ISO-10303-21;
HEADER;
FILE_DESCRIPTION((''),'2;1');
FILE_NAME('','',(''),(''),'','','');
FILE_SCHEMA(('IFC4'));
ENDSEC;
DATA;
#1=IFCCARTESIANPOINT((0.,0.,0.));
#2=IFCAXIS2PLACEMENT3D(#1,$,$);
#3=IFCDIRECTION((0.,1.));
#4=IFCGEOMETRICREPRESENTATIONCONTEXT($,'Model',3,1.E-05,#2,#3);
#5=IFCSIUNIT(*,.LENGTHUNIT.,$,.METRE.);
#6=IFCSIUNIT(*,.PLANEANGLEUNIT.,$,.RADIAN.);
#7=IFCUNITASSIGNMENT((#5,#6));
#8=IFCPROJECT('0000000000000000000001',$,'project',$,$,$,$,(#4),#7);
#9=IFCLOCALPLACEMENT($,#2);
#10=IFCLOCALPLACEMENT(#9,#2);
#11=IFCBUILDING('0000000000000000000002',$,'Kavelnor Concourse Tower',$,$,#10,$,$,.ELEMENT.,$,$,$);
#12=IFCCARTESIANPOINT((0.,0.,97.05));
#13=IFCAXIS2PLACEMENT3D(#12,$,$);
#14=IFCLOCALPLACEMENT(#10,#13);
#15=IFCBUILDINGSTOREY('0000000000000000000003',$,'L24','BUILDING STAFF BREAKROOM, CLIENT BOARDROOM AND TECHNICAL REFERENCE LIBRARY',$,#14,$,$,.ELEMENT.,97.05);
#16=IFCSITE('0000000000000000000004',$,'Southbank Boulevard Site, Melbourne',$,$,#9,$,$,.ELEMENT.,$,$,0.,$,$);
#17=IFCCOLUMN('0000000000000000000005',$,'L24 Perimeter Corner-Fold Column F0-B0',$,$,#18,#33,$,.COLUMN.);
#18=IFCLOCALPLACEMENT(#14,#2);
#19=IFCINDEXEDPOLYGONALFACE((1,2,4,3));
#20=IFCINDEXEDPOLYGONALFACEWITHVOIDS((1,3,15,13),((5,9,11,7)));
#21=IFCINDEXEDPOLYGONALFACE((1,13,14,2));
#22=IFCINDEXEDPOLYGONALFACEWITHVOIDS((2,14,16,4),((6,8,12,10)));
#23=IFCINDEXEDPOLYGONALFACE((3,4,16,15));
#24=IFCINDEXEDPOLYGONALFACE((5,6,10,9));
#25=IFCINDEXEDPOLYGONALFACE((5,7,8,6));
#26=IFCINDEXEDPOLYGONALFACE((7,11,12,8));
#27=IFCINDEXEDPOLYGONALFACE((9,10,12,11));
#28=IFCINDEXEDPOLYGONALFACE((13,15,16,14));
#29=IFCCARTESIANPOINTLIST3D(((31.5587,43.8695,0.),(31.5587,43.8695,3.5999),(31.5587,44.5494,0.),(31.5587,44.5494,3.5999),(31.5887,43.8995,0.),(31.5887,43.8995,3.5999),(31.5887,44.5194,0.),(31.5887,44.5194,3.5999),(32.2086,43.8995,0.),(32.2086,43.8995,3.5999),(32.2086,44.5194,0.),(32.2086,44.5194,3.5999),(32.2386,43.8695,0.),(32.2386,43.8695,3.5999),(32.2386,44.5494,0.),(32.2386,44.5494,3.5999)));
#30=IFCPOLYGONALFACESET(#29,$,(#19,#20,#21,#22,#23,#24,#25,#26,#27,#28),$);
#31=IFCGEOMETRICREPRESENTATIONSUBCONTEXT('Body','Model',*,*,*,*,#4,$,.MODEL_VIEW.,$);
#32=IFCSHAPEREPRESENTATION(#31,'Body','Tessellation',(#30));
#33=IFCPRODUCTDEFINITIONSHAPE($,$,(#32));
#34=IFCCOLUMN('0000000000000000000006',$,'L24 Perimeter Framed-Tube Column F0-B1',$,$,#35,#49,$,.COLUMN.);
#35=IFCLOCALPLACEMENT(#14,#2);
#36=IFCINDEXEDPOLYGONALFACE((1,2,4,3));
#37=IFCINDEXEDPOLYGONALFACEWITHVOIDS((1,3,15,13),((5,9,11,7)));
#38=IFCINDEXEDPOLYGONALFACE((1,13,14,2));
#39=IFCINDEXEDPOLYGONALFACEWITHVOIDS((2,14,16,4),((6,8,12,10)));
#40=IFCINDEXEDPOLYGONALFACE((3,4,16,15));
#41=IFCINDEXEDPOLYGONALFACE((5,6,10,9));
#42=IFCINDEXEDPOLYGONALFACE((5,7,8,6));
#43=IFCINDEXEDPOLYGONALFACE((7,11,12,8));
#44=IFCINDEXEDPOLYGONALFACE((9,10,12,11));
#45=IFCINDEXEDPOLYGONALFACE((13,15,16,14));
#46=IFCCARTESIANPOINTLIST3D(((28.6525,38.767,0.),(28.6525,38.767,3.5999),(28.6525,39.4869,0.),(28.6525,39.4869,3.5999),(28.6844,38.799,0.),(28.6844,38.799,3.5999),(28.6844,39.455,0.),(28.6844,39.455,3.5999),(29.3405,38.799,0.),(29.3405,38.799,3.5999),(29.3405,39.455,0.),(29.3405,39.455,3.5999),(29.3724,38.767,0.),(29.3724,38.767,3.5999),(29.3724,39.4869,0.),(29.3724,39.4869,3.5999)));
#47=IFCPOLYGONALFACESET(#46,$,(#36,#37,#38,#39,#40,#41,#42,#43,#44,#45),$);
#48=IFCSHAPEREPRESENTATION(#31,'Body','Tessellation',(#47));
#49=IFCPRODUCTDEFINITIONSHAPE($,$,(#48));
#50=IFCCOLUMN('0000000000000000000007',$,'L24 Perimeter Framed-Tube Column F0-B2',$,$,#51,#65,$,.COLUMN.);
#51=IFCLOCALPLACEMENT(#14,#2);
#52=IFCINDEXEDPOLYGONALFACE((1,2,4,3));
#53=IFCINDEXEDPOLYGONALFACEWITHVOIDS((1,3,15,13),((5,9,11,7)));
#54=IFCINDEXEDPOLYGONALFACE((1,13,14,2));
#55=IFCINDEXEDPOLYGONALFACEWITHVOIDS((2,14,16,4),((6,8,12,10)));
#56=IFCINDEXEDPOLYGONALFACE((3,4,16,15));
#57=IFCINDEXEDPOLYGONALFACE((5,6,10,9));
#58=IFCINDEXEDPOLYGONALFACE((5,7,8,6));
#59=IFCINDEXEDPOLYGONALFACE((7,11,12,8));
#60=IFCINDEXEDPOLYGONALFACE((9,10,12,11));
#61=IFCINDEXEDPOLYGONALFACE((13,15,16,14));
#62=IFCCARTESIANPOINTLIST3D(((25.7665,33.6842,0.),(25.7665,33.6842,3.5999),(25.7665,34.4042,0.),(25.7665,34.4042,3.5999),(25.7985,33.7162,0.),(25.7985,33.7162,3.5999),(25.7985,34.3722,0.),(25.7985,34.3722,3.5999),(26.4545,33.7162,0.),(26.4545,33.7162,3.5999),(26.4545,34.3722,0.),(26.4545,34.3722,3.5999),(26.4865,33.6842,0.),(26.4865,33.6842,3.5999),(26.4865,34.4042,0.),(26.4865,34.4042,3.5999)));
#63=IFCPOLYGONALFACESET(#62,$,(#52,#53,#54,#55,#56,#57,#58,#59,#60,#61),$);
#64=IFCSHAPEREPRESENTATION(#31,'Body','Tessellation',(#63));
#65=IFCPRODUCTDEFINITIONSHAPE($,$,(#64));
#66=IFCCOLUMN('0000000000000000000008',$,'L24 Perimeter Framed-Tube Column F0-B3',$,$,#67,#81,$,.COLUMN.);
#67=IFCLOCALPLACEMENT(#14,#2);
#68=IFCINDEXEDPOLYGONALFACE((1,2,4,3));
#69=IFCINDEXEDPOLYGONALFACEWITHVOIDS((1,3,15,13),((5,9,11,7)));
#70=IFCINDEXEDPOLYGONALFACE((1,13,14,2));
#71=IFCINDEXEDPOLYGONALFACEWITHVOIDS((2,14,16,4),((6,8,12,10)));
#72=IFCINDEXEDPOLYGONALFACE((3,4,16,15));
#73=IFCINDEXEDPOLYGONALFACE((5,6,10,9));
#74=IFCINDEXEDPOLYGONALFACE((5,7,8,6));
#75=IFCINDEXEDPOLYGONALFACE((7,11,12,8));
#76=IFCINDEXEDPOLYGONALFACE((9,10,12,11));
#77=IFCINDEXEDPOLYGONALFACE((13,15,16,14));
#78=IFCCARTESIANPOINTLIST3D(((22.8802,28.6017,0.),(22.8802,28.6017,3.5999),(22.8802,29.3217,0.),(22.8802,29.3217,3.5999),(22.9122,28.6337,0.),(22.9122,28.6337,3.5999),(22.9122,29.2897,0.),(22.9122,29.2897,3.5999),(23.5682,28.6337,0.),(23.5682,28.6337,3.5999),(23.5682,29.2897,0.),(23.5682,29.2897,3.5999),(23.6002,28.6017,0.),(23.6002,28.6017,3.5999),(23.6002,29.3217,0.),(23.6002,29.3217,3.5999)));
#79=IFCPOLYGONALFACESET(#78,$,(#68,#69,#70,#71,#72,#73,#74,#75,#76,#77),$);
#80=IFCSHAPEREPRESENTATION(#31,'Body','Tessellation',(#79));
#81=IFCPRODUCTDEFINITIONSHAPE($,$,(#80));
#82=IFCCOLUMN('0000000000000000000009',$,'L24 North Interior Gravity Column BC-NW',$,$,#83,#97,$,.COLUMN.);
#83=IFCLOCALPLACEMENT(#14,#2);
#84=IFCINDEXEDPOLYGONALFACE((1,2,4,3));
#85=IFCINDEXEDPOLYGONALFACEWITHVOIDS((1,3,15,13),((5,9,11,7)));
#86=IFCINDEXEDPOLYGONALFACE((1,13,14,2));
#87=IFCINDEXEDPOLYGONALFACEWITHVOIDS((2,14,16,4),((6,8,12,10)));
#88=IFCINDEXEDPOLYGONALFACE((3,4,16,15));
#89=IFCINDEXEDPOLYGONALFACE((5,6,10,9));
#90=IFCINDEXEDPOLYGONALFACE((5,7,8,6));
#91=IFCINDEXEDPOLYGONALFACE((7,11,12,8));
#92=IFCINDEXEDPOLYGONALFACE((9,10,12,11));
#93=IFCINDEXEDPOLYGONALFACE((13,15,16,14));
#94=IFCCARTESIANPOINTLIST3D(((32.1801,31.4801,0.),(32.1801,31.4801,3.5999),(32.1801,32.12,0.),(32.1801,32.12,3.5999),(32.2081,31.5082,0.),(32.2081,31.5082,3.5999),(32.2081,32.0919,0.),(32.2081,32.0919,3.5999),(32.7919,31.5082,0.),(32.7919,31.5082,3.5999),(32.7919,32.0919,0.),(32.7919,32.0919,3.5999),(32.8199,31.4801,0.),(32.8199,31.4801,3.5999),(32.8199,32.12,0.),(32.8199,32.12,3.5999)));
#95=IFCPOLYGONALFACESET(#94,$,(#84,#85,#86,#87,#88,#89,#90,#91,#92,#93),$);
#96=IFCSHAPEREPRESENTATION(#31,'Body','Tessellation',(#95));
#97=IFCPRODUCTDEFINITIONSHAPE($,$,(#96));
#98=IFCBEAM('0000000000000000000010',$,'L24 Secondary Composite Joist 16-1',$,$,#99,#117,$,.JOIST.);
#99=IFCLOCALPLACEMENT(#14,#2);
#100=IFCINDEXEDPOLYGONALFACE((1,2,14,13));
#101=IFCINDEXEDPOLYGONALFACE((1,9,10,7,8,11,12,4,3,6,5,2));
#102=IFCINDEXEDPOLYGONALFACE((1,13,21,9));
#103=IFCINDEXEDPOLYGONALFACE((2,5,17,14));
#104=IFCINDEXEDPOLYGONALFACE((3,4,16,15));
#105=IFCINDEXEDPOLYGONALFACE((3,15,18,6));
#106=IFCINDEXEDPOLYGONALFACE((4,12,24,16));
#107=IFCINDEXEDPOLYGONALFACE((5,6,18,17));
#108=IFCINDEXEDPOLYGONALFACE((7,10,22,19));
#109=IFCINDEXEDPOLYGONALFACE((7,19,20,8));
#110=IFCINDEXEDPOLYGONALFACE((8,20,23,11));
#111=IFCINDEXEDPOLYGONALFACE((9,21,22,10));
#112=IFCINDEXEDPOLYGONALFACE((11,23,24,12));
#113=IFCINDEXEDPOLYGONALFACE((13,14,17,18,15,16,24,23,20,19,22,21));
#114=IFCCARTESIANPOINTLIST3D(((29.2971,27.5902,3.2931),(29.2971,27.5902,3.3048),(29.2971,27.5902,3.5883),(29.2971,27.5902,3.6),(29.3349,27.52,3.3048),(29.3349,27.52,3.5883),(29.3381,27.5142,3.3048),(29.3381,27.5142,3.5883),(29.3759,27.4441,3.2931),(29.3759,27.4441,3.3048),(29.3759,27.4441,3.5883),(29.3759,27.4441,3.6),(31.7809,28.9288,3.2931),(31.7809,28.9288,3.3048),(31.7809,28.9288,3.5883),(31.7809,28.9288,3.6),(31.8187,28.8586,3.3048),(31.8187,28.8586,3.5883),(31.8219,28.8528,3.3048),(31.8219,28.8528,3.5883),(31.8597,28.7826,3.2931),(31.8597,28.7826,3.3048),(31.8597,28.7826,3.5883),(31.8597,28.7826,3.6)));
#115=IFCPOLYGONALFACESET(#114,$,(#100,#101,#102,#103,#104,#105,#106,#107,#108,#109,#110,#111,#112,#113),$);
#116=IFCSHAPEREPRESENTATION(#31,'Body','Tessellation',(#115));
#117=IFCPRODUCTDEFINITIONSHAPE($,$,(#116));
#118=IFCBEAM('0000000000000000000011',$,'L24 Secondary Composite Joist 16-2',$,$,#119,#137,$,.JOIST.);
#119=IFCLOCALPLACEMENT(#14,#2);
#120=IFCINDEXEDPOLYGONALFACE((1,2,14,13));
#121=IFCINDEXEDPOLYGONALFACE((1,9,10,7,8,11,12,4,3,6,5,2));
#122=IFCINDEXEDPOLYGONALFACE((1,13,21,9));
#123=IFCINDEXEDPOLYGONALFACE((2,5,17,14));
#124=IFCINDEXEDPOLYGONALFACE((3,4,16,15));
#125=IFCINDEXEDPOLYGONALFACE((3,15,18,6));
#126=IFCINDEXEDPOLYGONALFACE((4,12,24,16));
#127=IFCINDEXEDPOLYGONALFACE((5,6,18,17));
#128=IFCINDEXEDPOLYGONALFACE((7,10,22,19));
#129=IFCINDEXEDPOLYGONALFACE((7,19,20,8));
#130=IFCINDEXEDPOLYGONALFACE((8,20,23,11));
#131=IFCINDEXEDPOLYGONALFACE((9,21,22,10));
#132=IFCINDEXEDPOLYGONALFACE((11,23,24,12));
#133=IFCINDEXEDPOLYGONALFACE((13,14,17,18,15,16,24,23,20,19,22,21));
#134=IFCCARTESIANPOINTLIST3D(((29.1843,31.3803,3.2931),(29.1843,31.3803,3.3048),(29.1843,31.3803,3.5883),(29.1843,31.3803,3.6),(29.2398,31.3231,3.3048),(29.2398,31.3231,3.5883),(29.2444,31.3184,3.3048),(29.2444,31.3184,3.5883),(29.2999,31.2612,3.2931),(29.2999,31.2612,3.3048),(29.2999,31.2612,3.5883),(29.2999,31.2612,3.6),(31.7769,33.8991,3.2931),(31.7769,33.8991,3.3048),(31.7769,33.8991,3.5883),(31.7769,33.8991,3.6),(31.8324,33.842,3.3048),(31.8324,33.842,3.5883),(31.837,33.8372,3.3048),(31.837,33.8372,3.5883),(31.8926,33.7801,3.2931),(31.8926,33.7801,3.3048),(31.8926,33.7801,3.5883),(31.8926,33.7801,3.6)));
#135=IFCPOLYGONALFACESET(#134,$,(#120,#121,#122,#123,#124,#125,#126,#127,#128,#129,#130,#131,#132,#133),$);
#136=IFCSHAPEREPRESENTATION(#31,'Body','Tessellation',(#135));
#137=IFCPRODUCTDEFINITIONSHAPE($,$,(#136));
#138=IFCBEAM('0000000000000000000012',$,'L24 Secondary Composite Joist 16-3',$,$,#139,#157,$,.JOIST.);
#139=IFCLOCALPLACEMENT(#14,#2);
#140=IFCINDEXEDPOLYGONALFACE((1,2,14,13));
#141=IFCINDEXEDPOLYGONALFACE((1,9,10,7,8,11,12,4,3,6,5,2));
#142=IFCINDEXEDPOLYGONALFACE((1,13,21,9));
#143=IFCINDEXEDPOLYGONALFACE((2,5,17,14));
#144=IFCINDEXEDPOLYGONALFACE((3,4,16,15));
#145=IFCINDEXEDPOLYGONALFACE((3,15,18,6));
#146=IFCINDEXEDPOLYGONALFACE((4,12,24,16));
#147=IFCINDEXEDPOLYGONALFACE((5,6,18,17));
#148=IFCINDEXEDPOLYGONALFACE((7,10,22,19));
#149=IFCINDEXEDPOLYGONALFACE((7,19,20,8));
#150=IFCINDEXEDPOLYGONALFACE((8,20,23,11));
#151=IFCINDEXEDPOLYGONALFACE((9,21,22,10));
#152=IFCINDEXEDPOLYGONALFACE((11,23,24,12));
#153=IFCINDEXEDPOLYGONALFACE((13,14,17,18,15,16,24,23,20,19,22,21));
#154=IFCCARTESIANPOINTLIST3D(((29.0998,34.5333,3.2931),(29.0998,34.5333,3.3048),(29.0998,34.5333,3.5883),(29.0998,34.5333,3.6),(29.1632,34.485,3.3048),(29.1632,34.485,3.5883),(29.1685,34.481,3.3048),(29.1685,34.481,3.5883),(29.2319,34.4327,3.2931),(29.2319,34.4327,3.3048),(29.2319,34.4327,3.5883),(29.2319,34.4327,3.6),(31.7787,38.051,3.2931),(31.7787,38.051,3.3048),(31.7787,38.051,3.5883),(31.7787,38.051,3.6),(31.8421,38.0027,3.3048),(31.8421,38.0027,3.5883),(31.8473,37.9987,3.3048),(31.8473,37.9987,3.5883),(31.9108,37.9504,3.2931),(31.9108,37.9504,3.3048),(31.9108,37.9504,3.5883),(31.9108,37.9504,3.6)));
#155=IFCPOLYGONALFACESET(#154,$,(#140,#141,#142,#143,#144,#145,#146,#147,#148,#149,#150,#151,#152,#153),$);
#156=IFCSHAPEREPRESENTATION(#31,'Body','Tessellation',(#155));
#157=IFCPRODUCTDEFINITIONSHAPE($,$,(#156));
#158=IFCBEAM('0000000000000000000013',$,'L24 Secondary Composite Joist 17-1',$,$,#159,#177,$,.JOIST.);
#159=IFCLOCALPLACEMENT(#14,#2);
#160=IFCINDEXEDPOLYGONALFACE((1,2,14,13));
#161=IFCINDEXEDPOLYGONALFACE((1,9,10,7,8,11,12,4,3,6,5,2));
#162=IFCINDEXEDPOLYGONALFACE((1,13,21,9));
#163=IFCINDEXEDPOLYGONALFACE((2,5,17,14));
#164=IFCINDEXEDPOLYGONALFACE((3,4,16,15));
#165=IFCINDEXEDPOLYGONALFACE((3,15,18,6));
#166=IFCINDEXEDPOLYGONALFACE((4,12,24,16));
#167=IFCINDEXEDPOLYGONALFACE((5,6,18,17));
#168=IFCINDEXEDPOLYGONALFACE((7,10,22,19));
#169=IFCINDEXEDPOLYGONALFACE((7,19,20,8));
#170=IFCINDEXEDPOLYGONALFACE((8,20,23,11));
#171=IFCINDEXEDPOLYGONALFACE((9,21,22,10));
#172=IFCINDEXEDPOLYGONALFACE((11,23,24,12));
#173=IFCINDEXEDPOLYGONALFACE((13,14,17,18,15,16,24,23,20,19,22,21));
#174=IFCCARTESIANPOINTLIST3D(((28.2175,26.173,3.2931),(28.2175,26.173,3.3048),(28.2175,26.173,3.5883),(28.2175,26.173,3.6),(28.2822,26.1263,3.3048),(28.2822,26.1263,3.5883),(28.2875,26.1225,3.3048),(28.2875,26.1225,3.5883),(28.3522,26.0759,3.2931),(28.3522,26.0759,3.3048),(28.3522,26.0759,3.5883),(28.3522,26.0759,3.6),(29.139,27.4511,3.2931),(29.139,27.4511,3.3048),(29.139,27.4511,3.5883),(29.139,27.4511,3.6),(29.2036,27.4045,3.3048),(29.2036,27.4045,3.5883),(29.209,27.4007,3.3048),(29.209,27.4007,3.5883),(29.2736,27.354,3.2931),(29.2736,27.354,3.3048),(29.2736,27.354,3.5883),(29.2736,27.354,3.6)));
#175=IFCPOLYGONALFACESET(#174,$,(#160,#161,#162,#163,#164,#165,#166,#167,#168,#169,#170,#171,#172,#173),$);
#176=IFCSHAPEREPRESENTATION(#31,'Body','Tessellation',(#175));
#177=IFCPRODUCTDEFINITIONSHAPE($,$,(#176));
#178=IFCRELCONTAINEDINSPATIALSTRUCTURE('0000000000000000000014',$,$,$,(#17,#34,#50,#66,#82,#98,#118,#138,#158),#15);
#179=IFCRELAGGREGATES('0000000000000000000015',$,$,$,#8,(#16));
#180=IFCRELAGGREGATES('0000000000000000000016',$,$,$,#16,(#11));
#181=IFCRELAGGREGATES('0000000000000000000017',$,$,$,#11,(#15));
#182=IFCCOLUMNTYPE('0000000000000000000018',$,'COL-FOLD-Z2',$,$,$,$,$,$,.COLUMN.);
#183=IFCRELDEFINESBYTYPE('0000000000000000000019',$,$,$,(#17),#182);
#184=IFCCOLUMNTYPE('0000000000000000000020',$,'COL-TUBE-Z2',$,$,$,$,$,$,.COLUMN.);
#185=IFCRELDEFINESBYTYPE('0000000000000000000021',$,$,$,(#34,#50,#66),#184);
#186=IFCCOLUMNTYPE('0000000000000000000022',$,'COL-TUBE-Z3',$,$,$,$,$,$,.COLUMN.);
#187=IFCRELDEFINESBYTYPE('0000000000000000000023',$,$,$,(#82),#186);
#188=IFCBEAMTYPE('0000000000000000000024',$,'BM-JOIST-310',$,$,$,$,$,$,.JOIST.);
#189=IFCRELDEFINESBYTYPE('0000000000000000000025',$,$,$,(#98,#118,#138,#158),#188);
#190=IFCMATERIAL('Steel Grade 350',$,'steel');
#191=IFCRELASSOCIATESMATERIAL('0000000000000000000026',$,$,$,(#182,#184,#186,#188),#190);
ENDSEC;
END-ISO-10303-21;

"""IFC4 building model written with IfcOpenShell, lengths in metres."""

from ifc_helpers import new_model, si_unit, direction, frame, origin, origin_2d, place, context, subcontext, project, spatial, hollow_rectangle, i_section, extrude, material, material_profile, profile_set, type_object, element, save


model = new_model("IFC4")

# Units and contexts
model_context = context("Model", 3, precision=1e-05, world=origin(), true_north=direction((0.0, 1.0)))
body_context = subcontext(model_context, "Body", "Model", "MODEL_VIEW")
ifc_project = project(units=[si_unit("LENGTHUNIT", "METRE"), si_unit("PLANEANGLEUNIT", "RADIAN")], contexts=[model_context])

# Site, building, storey
site_placement = place(None, origin())
site = spatial("IfcSite", under=ifc_project, at=site_placement, Name="Southbank Boulevard Site, Melbourne", CompositionType="ELEMENT", RefElevation=0.0)
building_placement = place(site_placement, origin())
building = spatial("IfcBuilding", under=site, at=building_placement, Name="Kavelnor Concourse Tower", CompositionType="ELEMENT")
storey_placement = place(building_placement, frame((0.0, 0.0, 97.05)))
storey = spatial("IfcBuildingStorey", under=building, at=storey_placement, Name="L24", Description="BUILDING STAFF BREAKROOM, CLIENT BOARDROOM AND TECHNICAL REFERENCE LIBRARY", CompositionType="ELEMENT", Elevation=97.05)

# Columns
ifc_material_1 = material(Name="Steel Grade 350", Category="steel")
ifc_material_profile_1 = material_profile(ifc_material_1, hollow_rectangle(XDim=0.6799, YDim=0.6799, WallThickness=0.03, at=origin_2d()), Name="SHS 680x680x30")
ifc_profile_set_1 = profile_set([ifc_material_profile_1], Name="Steel Grade 350")
column_type_1 = type_object("IfcColumnType", Name="COL-FOLD-Z2", PredefinedType="COLUMN", material=ifc_profile_set_1)
column_1_placement = place(storey_placement, frame((31.8987, 44.2095, 0.0), z_axis=(0.0, 0.0, 1.0), x_axis=(1.0, 0.0, 0.0)))
element("IfcColumn", 1, at=column_1_placement, inside=storey, type_object=column_type_1, Name="L24 Perimeter Corner-Fold Column F0-B0", PredefinedType="COLUMN", context=body_context, shape_type="SweptSolid", body=[
    extrude(hollow_rectangle(XDim=0.6799, YDim=0.6799, WallThickness=0.03, at=origin_2d()), origin(), (0.0, 0.0, 1.0), 3.5999),
])
ifc_material_profile_2 = material_profile(ifc_material_1, hollow_rectangle(XDim=0.72, YDim=0.72, WallThickness=0.032, at=origin_2d()), Name="SHS 720x720x32")
ifc_profile_set_2 = profile_set([ifc_material_profile_2], Name="Steel Grade 350")
column_type_2 = type_object("IfcColumnType", Name="COL-TUBE-Z2", PredefinedType="COLUMN", material=ifc_profile_set_2)
for number, where, z_axis, x_axis, name in (
    (2, (29.0125, 39.127, 0.0), (0.0, 0.0, 1.0), (1.0, 0.0, 0.0), "L24 Perimeter Framed-Tube Column F0-B1"),
    (3, (26.1265, 34.0442, 0.0), (0.0, 0.0, 1.0), (1.0, 0.0, 0.0), "L24 Perimeter Framed-Tube Column F0-B2"),
    (4, (23.2402, 28.9617, 0.0), (0.0, 0.0, 1.0), (1.0, 0.0, 0.0), "L24 Perimeter Framed-Tube Column F0-B3"),
):
    element("IfcColumn", number, at=place(storey_placement, frame(where, z_axis=z_axis, x_axis=x_axis)), inside=storey, type_object=column_type_2, Name=name, PredefinedType="COLUMN", context=body_context, shape_type="SweptSolid", body=[
        extrude(hollow_rectangle(XDim=0.72, YDim=0.72, WallThickness=0.032, at=origin_2d()), origin(), (0.0, 0.0, 1.0), 3.5999),
    ])
ifc_material_profile_3 = material_profile(ifc_material_1, hollow_rectangle(XDim=0.6399, YDim=0.6399, WallThickness=0.0281, at=origin_2d()), Name="SHS 640x640x28")
ifc_profile_set_3 = profile_set([ifc_material_profile_3], Name="Steel Grade 350")
column_type_3 = type_object("IfcColumnType", Name="COL-TUBE-Z3", PredefinedType="COLUMN", material=ifc_profile_set_3)
column_2_placement = place(storey_placement, frame((32.5, 31.8, 0.0), z_axis=(0.0, 0.0, 1.0), x_axis=(1.0, 0.0, 0.0)))
element("IfcColumn", 5, at=column_2_placement, inside=storey, type_object=column_type_3, Name="L24 North Interior Gravity Column BC-NW", PredefinedType="COLUMN", context=body_context, shape_type="SweptSolid", body=[
    extrude(hollow_rectangle(XDim=0.6399, YDim=0.6399, WallThickness=0.0281, at=origin_2d()), origin(), (0.0, 0.0, 1.0), 3.5999),
])

# Beams
ifc_material_profile_4 = material_profile(ifc_material_1, i_section(OverallWidth=0.166, OverallDepth=0.3069, WebThickness=0.0066, FlangeThickness=0.0117, at=origin_2d()), Name="310UB46")
ifc_profile_set_4 = profile_set([ifc_material_profile_4], Name="Steel Grade 350")
beam_type_1 = type_object("IfcBeamType", Name="BM-JOIST-310", PredefinedType="JOIST", material=ifc_profile_set_4)
beam_1_placement = place(storey_placement, frame((31.8203, 28.8557, 3.4465), z_axis=(-0.880302, -0.474415, 0.0), x_axis=(0.474415, -0.880302, 0.0)))
element("IfcBeam", 6, at=beam_1_placement, inside=storey, type_object=beam_type_1, Name="L24 Secondary Composite Joist 16-1", PredefinedType="JOIST", context=body_context, shape_type="SweptSolid", body=[
    extrude(i_section(OverallWidth=0.166, OverallDepth=0.3069, WebThickness=0.0066, FlangeThickness=0.0117, at=origin_2d()), origin(), (0.0, 0.0, 1.0), 2.8215),
])
beam_2_placement = place(storey_placement, frame((31.8347, 33.8396, 3.4465), z_axis=(-0.717232, -0.696834, 0.0), x_axis=(0.696834, -0.717232, 0.0)))
element("IfcBeam", 7, at=beam_2_placement, inside=storey, type_object=beam_type_1, Name="L24 Secondary Composite Joist 16-2", PredefinedType="JOIST", context=body_context, shape_type="SweptSolid", body=[
    extrude(i_section(OverallWidth=0.166, OverallDepth=0.3069, WebThickness=0.0066, FlangeThickness=0.0117, at=origin_2d()), origin(), (0.0, 0.0, 1.0), 3.6147),
])
beam_3_placement = place(storey_placement, frame((31.8447, 38.0007, 3.4465), z_axis=(-0.605859, -0.795572, 0.0), x_axis=(0.795572, -0.605859, 0.0)))
element("IfcBeam", 8, at=beam_3_placement, inside=storey, type_object=beam_type_1, Name="L24 Secondary Composite Joist 16-3", PredefinedType="JOIST", context=body_context, shape_type="SweptSolid", body=[
    extrude(i_section(OverallWidth=0.166, OverallDepth=0.3069, WebThickness=0.0066, FlangeThickness=0.0117, at=origin_2d()), origin(), (0.0, 0.0, 1.0), 4.4216),
])
beam_4_placement = place(storey_placement, frame((29.2063, 27.4026, 3.4465), z_axis=(-0.584794, -0.811182, 0.0), x_axis=(0.811182, -0.584794, 0.0)))
element("IfcBeam", 9, at=beam_4_placement, inside=storey, type_object=beam_type_1, Name="L24 Secondary Composite Joist 17-1", PredefinedType="JOIST", context=body_context, shape_type="SweptSolid", body=[
    extrude(i_section(OverallWidth=0.166, OverallDepth=0.3069, WebThickness=0.0066, FlangeThickness=0.0117, at=origin_2d()), origin(), (0.0, 0.0, 1.0), 1.5757),
])

save(model, "model.ifc")
